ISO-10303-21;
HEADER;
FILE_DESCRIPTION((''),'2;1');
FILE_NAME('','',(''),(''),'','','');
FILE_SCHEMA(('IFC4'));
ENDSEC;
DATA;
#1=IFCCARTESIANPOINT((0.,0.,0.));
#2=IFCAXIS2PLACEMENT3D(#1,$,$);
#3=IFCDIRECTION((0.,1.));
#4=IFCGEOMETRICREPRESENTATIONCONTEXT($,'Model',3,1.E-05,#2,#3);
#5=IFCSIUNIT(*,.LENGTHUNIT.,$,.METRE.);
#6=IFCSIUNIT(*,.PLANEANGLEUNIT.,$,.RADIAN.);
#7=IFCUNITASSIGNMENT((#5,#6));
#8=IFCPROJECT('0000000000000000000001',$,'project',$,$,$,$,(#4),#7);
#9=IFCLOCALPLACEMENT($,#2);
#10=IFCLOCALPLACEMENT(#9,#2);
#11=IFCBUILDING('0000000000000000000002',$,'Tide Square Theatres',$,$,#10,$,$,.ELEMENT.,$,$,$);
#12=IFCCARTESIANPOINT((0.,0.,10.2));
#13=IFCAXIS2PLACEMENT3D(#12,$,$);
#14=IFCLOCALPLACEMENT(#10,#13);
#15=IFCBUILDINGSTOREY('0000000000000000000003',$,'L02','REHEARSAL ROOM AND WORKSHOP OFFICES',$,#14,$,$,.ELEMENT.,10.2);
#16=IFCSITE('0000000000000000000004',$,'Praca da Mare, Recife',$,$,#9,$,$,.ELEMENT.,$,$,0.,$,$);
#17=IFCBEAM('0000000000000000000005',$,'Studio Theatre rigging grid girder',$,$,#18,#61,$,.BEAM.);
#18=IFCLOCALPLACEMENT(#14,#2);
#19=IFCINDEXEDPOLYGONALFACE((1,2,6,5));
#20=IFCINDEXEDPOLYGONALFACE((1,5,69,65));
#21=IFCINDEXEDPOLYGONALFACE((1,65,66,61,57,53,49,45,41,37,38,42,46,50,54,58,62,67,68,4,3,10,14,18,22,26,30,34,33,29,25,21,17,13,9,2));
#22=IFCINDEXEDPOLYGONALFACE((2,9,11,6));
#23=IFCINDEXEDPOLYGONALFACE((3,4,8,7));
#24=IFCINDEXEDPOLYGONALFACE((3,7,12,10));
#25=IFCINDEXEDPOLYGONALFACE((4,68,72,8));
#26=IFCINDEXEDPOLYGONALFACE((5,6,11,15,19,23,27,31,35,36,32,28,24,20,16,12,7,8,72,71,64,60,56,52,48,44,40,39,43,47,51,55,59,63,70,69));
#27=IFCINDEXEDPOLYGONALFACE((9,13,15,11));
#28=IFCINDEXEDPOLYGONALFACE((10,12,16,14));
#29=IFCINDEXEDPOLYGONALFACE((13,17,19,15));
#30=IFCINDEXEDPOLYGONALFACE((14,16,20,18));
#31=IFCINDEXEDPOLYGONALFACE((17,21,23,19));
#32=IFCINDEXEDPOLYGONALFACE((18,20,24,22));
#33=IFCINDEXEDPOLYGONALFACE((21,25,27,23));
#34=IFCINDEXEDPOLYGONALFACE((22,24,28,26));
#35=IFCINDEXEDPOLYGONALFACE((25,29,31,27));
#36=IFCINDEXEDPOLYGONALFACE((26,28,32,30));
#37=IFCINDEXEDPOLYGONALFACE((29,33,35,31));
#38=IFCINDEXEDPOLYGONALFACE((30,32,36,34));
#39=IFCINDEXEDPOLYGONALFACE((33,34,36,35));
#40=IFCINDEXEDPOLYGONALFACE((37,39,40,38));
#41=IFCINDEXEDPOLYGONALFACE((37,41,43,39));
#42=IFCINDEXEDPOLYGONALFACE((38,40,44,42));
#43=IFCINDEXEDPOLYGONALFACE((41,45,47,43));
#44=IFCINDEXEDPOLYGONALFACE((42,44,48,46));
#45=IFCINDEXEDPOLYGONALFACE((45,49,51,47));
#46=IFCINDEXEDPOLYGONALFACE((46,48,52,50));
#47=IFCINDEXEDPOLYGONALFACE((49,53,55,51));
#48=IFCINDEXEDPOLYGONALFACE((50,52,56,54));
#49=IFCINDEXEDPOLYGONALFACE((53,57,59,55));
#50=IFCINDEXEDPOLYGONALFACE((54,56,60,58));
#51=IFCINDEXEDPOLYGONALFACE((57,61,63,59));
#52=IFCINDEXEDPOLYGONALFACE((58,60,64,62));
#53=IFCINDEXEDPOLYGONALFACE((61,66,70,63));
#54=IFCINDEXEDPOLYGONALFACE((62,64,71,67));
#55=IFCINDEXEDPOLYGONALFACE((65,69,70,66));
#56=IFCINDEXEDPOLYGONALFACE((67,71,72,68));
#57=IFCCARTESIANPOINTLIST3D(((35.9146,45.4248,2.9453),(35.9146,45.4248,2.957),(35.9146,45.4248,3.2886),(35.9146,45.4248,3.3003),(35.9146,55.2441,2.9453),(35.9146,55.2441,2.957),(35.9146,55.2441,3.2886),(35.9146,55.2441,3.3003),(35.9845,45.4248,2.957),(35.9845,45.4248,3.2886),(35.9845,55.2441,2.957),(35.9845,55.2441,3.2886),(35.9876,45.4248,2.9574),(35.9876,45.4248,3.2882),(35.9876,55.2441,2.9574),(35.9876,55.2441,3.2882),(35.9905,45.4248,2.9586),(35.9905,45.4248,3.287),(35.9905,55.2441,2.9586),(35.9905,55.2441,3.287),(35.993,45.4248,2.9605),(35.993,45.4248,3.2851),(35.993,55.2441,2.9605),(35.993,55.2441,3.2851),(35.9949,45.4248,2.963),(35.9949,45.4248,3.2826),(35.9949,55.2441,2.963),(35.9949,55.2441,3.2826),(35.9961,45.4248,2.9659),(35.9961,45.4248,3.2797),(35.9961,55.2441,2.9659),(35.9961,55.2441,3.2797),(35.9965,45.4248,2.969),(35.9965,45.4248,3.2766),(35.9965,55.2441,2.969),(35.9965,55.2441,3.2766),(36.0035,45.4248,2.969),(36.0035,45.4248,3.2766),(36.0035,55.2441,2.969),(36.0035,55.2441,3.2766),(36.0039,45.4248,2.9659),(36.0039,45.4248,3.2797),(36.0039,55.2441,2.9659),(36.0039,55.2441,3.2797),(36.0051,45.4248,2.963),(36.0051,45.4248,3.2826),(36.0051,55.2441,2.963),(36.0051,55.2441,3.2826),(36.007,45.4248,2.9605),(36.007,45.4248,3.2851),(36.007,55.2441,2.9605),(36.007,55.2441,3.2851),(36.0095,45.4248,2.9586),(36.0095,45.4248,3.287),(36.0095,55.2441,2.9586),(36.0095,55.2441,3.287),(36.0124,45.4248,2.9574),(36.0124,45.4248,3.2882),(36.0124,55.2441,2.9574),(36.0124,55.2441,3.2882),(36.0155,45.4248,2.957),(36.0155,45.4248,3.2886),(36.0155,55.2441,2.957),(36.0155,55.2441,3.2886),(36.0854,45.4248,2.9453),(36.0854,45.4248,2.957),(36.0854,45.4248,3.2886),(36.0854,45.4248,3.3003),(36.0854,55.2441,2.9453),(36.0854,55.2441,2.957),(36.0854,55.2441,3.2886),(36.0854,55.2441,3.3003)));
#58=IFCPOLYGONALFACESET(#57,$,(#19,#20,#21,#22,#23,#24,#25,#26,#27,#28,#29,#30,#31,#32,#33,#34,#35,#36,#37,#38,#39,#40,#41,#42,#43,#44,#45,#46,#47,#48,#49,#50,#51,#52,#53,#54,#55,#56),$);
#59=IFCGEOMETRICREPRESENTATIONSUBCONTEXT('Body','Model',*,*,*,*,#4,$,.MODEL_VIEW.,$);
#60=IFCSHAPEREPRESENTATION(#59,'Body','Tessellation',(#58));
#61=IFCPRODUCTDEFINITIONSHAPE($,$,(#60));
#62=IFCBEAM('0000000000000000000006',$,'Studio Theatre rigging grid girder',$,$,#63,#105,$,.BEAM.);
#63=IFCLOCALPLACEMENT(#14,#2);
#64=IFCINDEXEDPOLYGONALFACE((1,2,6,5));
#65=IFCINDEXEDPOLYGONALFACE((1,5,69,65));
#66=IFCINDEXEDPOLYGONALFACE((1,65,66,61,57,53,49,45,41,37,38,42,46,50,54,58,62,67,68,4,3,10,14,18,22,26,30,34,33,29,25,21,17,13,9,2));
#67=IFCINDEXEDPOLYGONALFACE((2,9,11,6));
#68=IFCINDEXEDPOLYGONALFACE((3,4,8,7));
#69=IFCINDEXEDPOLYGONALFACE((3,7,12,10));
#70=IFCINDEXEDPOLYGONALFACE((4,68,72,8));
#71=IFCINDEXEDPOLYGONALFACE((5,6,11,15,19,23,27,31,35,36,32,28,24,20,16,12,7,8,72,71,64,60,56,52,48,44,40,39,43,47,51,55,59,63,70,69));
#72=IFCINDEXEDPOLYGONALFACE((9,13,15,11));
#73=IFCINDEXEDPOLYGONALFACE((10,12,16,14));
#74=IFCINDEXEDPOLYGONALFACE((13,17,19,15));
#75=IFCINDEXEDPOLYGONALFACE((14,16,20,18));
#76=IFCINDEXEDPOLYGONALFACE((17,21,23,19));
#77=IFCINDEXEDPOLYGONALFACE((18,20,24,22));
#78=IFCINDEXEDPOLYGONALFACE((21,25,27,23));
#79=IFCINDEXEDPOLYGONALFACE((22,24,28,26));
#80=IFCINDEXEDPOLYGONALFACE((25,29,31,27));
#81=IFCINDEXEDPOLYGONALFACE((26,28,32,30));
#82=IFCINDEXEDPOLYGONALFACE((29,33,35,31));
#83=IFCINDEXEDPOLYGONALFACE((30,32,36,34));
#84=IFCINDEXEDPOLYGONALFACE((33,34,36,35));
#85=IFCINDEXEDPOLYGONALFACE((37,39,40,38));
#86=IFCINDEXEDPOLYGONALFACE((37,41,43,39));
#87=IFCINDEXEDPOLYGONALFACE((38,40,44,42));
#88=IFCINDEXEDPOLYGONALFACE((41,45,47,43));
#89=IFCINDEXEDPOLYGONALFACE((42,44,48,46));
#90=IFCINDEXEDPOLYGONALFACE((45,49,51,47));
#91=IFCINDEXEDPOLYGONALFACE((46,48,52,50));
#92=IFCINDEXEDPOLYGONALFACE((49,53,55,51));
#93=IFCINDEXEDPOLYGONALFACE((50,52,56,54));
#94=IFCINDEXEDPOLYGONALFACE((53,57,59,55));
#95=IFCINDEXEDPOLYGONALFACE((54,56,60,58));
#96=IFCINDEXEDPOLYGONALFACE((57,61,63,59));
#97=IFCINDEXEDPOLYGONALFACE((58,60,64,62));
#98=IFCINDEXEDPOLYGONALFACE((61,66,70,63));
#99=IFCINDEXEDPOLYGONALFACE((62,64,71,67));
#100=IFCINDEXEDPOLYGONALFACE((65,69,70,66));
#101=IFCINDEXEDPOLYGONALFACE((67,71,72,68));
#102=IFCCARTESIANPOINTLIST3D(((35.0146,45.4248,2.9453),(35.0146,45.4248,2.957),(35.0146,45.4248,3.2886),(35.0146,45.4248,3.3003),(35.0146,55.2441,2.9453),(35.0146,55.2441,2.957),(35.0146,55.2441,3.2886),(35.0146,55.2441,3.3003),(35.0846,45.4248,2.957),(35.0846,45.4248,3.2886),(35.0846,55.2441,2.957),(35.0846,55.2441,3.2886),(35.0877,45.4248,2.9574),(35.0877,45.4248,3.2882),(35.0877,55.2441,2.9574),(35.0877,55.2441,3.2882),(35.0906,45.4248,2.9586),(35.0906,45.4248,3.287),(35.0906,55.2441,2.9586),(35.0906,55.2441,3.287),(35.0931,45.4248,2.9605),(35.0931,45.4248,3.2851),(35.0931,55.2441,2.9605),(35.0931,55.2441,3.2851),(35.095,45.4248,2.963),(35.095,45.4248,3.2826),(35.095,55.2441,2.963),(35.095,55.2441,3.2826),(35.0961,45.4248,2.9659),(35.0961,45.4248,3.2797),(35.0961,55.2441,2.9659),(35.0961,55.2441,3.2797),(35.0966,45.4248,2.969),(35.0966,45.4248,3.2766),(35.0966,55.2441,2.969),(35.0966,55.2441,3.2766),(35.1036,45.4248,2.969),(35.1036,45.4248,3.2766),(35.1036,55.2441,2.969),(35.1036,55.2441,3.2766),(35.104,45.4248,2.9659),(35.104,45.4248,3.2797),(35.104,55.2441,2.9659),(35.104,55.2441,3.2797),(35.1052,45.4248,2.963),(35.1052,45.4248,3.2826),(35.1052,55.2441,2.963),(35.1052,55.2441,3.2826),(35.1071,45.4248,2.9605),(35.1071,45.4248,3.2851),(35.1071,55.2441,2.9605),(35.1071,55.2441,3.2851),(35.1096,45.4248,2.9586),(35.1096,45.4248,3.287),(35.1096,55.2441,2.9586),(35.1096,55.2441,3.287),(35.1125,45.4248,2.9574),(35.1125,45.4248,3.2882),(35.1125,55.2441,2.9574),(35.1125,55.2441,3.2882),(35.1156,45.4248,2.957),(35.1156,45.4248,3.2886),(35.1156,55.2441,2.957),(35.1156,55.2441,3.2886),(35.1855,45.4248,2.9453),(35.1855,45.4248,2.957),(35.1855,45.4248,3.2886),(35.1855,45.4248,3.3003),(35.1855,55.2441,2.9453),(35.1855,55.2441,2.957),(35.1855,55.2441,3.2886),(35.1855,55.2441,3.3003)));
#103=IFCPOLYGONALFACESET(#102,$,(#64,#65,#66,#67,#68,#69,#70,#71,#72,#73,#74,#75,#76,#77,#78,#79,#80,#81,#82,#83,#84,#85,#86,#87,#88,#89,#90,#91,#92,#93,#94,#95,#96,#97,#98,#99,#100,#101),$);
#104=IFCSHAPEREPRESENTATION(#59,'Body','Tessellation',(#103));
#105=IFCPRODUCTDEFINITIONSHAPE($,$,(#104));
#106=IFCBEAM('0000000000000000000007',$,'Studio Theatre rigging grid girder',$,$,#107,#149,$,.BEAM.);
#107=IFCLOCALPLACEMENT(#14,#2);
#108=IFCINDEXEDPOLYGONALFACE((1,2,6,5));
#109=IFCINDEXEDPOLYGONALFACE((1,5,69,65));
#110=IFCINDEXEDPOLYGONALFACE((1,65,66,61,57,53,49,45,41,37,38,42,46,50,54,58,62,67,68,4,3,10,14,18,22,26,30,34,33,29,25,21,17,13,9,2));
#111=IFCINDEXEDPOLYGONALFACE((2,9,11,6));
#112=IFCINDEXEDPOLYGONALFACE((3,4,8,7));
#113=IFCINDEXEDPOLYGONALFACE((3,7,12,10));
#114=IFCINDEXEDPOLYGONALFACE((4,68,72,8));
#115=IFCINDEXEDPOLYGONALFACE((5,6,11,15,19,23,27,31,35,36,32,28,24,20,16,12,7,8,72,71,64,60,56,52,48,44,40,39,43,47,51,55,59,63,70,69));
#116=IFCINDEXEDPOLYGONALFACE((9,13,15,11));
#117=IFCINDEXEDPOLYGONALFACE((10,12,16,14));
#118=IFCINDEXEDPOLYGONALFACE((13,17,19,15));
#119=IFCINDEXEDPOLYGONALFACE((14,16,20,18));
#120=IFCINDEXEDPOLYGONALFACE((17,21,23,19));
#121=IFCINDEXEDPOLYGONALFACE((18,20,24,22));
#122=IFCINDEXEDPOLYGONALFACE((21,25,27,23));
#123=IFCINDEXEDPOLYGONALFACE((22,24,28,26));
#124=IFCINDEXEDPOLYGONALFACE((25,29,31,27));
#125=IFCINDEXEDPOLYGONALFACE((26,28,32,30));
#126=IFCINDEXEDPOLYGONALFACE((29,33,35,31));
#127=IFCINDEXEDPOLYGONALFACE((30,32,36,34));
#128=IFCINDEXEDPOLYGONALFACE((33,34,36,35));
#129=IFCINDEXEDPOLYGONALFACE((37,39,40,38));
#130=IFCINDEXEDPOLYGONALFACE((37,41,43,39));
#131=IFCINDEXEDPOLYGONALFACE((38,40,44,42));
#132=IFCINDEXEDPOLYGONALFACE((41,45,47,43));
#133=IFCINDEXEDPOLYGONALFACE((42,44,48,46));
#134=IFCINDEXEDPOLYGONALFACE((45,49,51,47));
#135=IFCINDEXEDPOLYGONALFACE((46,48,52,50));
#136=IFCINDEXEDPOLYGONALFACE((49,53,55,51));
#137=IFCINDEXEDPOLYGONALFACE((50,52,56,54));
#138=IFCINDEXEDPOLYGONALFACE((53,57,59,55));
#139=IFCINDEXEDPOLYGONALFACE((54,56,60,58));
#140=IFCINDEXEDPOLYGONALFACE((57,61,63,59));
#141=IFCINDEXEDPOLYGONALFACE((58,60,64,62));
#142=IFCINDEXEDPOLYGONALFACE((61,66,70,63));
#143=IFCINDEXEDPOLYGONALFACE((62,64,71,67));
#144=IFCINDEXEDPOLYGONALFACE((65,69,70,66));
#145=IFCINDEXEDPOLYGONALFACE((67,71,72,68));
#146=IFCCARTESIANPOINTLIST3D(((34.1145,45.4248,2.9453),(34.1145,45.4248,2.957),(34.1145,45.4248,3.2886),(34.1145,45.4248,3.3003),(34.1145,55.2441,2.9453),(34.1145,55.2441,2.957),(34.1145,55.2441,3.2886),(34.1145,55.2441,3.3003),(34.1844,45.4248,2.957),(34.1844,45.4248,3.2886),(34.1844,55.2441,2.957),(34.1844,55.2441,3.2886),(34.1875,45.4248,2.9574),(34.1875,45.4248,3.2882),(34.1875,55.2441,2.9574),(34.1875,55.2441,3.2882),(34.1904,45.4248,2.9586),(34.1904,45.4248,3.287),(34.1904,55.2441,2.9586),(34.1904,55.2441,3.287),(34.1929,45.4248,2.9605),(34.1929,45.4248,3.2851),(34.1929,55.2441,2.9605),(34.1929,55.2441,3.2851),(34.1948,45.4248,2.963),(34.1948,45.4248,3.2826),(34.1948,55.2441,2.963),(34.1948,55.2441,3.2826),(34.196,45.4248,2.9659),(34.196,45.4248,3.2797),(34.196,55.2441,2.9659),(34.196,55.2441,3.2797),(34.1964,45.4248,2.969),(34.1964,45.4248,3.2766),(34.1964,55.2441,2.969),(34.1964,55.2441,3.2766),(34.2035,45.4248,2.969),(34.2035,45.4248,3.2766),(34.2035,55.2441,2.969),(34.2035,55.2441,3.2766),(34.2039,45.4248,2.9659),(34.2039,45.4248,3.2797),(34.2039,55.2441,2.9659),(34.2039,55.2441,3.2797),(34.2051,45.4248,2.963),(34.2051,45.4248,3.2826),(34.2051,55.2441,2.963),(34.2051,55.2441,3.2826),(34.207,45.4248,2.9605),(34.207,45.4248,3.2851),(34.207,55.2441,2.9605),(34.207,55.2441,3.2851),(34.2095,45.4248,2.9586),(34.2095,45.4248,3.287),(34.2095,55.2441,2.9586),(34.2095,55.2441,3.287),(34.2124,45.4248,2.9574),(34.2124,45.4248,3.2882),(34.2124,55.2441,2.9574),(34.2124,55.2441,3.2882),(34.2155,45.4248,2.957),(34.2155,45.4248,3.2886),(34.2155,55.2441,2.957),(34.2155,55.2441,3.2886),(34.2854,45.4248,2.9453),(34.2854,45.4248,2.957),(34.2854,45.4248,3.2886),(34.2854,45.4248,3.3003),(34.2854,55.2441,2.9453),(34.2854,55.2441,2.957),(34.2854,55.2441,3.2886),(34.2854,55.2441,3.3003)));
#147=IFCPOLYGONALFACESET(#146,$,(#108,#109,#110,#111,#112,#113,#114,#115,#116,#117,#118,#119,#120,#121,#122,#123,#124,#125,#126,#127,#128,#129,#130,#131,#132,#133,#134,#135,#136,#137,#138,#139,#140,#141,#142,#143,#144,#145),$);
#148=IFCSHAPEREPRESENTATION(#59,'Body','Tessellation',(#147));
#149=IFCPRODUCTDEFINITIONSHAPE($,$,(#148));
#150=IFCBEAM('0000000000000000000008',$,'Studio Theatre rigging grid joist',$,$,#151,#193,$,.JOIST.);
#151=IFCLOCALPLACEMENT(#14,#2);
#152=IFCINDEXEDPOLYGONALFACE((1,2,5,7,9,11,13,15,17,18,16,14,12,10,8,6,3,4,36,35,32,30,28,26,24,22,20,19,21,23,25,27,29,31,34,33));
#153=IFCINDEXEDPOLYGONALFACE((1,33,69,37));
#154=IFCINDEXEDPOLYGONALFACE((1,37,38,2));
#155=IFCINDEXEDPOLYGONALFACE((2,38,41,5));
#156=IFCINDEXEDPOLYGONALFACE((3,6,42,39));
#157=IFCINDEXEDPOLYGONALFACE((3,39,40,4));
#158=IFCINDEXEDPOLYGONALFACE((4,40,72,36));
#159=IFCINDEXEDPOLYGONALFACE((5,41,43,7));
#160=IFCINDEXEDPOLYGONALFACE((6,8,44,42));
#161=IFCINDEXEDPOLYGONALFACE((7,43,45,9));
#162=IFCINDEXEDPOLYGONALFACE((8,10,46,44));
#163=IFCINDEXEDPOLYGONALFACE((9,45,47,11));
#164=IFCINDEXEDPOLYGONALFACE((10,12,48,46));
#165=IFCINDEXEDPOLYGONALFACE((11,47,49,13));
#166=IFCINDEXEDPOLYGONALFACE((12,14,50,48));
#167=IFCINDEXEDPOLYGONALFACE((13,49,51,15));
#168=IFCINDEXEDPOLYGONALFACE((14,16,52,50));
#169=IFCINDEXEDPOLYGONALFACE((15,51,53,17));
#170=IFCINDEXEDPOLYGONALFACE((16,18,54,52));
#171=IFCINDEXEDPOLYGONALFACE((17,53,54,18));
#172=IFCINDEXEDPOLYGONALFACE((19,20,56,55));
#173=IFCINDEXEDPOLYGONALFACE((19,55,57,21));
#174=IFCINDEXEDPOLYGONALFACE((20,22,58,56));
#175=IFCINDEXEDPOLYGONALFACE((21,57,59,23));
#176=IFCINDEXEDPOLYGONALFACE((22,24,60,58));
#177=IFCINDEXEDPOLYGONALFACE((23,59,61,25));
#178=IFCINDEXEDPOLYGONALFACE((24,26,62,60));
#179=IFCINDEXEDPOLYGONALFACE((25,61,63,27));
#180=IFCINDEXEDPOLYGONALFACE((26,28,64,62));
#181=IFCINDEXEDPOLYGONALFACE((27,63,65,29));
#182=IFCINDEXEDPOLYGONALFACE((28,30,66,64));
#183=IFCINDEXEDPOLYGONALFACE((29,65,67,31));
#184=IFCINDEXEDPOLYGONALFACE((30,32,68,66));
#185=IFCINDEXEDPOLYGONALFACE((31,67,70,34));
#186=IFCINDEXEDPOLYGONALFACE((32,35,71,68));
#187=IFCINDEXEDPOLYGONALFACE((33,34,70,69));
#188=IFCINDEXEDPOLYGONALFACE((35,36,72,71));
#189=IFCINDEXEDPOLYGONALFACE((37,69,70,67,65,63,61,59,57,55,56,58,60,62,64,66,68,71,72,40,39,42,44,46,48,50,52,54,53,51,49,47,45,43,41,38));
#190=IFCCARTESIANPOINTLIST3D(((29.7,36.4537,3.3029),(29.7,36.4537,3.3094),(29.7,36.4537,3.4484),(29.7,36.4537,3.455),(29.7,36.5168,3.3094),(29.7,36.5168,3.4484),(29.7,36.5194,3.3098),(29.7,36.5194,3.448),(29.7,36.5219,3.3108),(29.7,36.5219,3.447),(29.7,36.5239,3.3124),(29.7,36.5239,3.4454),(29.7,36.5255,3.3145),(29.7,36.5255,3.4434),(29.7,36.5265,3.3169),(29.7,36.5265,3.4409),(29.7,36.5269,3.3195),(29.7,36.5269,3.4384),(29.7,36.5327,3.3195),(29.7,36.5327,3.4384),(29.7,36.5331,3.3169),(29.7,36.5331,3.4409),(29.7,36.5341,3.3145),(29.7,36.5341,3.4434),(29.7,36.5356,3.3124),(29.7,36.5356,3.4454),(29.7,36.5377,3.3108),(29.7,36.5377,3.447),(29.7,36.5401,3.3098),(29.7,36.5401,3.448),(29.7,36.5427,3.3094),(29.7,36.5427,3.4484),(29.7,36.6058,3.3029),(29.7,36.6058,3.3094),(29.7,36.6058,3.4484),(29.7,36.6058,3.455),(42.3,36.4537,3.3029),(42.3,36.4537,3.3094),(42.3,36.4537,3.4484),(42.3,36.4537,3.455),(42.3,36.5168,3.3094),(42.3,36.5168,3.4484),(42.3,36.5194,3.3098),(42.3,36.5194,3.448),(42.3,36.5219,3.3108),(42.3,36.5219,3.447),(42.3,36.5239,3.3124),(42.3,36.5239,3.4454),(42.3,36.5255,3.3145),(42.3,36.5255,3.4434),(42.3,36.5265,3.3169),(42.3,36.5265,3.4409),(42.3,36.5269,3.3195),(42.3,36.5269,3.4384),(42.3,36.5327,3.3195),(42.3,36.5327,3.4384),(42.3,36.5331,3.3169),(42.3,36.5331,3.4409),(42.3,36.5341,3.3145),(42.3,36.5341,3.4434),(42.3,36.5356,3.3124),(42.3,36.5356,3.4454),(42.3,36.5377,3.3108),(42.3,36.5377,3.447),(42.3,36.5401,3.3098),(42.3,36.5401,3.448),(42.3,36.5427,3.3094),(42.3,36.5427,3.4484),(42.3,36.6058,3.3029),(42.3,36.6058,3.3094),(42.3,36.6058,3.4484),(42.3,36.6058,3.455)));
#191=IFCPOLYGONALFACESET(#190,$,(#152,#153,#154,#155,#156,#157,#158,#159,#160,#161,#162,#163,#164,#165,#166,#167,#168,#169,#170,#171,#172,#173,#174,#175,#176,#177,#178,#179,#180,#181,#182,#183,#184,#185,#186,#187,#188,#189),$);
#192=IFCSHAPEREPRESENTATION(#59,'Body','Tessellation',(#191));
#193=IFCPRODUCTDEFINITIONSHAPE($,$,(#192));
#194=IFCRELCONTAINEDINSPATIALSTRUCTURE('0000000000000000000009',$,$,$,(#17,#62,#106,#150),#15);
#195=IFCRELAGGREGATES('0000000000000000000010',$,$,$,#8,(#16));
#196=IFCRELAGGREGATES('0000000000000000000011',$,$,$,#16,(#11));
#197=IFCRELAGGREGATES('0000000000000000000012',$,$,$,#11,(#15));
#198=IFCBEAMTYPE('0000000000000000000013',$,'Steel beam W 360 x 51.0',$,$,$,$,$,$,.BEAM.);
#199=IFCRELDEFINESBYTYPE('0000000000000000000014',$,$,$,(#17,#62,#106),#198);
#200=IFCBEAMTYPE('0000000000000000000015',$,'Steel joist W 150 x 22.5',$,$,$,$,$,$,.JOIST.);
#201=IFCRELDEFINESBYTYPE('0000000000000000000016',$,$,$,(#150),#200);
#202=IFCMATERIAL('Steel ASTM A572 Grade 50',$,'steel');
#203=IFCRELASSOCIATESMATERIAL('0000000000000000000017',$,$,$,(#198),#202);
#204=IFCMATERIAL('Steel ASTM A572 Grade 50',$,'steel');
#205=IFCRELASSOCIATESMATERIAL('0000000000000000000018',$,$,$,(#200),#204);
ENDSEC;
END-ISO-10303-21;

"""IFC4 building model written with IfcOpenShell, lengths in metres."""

from ifc_helpers import new_model, si_unit, direction, frame, origin, origin_2d, place, context, subcontext, project, spatial, i_section, extrude, material, material_profile, profile_set, type_object, element, save


model = new_model("IFC4")

# Units and contexts
model_context = context("Model", 3, precision=1e-05, world=origin(), true_north=direction((0.0, 1.0)))
body_context = subcontext(model_context, "Body", "Model", "MODEL_VIEW")
ifc_project = project(units=[si_unit("LENGTHUNIT", "METRE"), si_unit("PLANEANGLEUNIT", "RADIAN")], contexts=[model_context])

# Site, building, storey
site_placement = place(None, origin())
site = spatial("IfcSite", under=ifc_project, at=site_placement, Name="Praca da Mare, Recife", CompositionType="ELEMENT", RefElevation=0.0)
building_placement = place(site_placement, origin())
building = spatial("IfcBuilding", under=site, at=building_placement, Name="Tide Square Theatres", CompositionType="ELEMENT")
storey_placement = place(building_placement, frame((0.0, 0.0, 10.2)))
storey = spatial("IfcBuildingStorey", under=building, at=storey_placement, Name="L02", Description="REHEARSAL ROOM AND WORKSHOP OFFICES", CompositionType="ELEMENT", Elevation=10.2)

# Beams
ifc_material_1 = material(Name="Steel ASTM A572 Grade 50", Category="steel")
ifc_material_profile_1 = material_profile(ifc_material_1, i_section(OverallWidth=0.1709, OverallDepth=0.355, WebThickness=0.0071, FlangeThickness=0.0117, FilletRadius=0.012, at=origin_2d()))
ifc_profile_set_1 = profile_set([ifc_material_profile_1], Name="Steel ASTM A572 Grade 50")
beam_type_1 = type_object("IfcBeamType", Name="Steel beam W 360 x 51.0", PredefinedType="BEAM", material=ifc_profile_set_1)
for number, where, z_axis, x_axis, name in (
    (1, (36.0, 45.4248, 3.1228), (0.0, 1.0, 0.0), (-1.0, 0.0, 0.0), "Studio Theatre rigging grid girder"),
    (2, (35.1001, 45.4248, 3.1228), (0.0, 1.0, 0.0), (-1.0, 0.0, 0.0), "Studio Theatre rigging grid girder"),
    (3, (34.2, 45.4248, 3.1228), (0.0, 1.0, 0.0), (-1.0, 0.0, 0.0), "Studio Theatre rigging grid girder"),
):
    element("IfcBeam", number, at=place(storey_placement, frame(where, z_axis=z_axis, x_axis=x_axis)), inside=storey, type_object=beam_type_1, Name=name, PredefinedType="BEAM", context=body_context, shape_type="SweptSolid", body=[
        extrude(i_section(OverallWidth=0.1709, OverallDepth=0.355, WebThickness=0.0071, FlangeThickness=0.0117, FilletRadius=0.012, at=origin_2d()), origin(), (0.0, 0.0, 1.0), 9.8193),
    ])
ifc_material_2 = material(Name="Steel ASTM A572 Grade 50", Category="steel")
ifc_material_profile_2 = material_profile(ifc_material_2, i_section(OverallWidth=0.1521, OverallDepth=0.1521, WebThickness=0.0059, FlangeThickness=0.0066, FilletRadius=0.01, at=origin_2d()))
ifc_profile_set_2 = profile_set([ifc_material_profile_2], Name="Steel ASTM A572 Grade 50")
beam_type_2 = type_object("IfcBeamType", Name="Steel joist W 150 x 22.5", PredefinedType="JOIST", material=ifc_profile_set_2)
for number, where, z_axis, x_axis, name in (
    (4, (42.3, 36.5298, 3.3789), (-1.0, 0.0, 0.0), (0.0, -1.0, 0.0), "Studio Theatre rigging grid joist"),
):
    element("IfcBeam", number, at=place(storey_placement, frame(where, z_axis=z_axis, x_axis=x_axis)), inside=storey, type_object=beam_type_2, Name=name, PredefinedType="JOIST", context=body_context, shape_type="SweptSolid", body=[
        extrude(i_section(OverallWidth=0.1521, OverallDepth=0.1521, WebThickness=0.0059, FlangeThickness=0.0066, FilletRadius=0.01, at=origin_2d()), origin(), (0.0, 0.0, 1.0), 12.6001),
    ])

save(model, "model.ifc")
